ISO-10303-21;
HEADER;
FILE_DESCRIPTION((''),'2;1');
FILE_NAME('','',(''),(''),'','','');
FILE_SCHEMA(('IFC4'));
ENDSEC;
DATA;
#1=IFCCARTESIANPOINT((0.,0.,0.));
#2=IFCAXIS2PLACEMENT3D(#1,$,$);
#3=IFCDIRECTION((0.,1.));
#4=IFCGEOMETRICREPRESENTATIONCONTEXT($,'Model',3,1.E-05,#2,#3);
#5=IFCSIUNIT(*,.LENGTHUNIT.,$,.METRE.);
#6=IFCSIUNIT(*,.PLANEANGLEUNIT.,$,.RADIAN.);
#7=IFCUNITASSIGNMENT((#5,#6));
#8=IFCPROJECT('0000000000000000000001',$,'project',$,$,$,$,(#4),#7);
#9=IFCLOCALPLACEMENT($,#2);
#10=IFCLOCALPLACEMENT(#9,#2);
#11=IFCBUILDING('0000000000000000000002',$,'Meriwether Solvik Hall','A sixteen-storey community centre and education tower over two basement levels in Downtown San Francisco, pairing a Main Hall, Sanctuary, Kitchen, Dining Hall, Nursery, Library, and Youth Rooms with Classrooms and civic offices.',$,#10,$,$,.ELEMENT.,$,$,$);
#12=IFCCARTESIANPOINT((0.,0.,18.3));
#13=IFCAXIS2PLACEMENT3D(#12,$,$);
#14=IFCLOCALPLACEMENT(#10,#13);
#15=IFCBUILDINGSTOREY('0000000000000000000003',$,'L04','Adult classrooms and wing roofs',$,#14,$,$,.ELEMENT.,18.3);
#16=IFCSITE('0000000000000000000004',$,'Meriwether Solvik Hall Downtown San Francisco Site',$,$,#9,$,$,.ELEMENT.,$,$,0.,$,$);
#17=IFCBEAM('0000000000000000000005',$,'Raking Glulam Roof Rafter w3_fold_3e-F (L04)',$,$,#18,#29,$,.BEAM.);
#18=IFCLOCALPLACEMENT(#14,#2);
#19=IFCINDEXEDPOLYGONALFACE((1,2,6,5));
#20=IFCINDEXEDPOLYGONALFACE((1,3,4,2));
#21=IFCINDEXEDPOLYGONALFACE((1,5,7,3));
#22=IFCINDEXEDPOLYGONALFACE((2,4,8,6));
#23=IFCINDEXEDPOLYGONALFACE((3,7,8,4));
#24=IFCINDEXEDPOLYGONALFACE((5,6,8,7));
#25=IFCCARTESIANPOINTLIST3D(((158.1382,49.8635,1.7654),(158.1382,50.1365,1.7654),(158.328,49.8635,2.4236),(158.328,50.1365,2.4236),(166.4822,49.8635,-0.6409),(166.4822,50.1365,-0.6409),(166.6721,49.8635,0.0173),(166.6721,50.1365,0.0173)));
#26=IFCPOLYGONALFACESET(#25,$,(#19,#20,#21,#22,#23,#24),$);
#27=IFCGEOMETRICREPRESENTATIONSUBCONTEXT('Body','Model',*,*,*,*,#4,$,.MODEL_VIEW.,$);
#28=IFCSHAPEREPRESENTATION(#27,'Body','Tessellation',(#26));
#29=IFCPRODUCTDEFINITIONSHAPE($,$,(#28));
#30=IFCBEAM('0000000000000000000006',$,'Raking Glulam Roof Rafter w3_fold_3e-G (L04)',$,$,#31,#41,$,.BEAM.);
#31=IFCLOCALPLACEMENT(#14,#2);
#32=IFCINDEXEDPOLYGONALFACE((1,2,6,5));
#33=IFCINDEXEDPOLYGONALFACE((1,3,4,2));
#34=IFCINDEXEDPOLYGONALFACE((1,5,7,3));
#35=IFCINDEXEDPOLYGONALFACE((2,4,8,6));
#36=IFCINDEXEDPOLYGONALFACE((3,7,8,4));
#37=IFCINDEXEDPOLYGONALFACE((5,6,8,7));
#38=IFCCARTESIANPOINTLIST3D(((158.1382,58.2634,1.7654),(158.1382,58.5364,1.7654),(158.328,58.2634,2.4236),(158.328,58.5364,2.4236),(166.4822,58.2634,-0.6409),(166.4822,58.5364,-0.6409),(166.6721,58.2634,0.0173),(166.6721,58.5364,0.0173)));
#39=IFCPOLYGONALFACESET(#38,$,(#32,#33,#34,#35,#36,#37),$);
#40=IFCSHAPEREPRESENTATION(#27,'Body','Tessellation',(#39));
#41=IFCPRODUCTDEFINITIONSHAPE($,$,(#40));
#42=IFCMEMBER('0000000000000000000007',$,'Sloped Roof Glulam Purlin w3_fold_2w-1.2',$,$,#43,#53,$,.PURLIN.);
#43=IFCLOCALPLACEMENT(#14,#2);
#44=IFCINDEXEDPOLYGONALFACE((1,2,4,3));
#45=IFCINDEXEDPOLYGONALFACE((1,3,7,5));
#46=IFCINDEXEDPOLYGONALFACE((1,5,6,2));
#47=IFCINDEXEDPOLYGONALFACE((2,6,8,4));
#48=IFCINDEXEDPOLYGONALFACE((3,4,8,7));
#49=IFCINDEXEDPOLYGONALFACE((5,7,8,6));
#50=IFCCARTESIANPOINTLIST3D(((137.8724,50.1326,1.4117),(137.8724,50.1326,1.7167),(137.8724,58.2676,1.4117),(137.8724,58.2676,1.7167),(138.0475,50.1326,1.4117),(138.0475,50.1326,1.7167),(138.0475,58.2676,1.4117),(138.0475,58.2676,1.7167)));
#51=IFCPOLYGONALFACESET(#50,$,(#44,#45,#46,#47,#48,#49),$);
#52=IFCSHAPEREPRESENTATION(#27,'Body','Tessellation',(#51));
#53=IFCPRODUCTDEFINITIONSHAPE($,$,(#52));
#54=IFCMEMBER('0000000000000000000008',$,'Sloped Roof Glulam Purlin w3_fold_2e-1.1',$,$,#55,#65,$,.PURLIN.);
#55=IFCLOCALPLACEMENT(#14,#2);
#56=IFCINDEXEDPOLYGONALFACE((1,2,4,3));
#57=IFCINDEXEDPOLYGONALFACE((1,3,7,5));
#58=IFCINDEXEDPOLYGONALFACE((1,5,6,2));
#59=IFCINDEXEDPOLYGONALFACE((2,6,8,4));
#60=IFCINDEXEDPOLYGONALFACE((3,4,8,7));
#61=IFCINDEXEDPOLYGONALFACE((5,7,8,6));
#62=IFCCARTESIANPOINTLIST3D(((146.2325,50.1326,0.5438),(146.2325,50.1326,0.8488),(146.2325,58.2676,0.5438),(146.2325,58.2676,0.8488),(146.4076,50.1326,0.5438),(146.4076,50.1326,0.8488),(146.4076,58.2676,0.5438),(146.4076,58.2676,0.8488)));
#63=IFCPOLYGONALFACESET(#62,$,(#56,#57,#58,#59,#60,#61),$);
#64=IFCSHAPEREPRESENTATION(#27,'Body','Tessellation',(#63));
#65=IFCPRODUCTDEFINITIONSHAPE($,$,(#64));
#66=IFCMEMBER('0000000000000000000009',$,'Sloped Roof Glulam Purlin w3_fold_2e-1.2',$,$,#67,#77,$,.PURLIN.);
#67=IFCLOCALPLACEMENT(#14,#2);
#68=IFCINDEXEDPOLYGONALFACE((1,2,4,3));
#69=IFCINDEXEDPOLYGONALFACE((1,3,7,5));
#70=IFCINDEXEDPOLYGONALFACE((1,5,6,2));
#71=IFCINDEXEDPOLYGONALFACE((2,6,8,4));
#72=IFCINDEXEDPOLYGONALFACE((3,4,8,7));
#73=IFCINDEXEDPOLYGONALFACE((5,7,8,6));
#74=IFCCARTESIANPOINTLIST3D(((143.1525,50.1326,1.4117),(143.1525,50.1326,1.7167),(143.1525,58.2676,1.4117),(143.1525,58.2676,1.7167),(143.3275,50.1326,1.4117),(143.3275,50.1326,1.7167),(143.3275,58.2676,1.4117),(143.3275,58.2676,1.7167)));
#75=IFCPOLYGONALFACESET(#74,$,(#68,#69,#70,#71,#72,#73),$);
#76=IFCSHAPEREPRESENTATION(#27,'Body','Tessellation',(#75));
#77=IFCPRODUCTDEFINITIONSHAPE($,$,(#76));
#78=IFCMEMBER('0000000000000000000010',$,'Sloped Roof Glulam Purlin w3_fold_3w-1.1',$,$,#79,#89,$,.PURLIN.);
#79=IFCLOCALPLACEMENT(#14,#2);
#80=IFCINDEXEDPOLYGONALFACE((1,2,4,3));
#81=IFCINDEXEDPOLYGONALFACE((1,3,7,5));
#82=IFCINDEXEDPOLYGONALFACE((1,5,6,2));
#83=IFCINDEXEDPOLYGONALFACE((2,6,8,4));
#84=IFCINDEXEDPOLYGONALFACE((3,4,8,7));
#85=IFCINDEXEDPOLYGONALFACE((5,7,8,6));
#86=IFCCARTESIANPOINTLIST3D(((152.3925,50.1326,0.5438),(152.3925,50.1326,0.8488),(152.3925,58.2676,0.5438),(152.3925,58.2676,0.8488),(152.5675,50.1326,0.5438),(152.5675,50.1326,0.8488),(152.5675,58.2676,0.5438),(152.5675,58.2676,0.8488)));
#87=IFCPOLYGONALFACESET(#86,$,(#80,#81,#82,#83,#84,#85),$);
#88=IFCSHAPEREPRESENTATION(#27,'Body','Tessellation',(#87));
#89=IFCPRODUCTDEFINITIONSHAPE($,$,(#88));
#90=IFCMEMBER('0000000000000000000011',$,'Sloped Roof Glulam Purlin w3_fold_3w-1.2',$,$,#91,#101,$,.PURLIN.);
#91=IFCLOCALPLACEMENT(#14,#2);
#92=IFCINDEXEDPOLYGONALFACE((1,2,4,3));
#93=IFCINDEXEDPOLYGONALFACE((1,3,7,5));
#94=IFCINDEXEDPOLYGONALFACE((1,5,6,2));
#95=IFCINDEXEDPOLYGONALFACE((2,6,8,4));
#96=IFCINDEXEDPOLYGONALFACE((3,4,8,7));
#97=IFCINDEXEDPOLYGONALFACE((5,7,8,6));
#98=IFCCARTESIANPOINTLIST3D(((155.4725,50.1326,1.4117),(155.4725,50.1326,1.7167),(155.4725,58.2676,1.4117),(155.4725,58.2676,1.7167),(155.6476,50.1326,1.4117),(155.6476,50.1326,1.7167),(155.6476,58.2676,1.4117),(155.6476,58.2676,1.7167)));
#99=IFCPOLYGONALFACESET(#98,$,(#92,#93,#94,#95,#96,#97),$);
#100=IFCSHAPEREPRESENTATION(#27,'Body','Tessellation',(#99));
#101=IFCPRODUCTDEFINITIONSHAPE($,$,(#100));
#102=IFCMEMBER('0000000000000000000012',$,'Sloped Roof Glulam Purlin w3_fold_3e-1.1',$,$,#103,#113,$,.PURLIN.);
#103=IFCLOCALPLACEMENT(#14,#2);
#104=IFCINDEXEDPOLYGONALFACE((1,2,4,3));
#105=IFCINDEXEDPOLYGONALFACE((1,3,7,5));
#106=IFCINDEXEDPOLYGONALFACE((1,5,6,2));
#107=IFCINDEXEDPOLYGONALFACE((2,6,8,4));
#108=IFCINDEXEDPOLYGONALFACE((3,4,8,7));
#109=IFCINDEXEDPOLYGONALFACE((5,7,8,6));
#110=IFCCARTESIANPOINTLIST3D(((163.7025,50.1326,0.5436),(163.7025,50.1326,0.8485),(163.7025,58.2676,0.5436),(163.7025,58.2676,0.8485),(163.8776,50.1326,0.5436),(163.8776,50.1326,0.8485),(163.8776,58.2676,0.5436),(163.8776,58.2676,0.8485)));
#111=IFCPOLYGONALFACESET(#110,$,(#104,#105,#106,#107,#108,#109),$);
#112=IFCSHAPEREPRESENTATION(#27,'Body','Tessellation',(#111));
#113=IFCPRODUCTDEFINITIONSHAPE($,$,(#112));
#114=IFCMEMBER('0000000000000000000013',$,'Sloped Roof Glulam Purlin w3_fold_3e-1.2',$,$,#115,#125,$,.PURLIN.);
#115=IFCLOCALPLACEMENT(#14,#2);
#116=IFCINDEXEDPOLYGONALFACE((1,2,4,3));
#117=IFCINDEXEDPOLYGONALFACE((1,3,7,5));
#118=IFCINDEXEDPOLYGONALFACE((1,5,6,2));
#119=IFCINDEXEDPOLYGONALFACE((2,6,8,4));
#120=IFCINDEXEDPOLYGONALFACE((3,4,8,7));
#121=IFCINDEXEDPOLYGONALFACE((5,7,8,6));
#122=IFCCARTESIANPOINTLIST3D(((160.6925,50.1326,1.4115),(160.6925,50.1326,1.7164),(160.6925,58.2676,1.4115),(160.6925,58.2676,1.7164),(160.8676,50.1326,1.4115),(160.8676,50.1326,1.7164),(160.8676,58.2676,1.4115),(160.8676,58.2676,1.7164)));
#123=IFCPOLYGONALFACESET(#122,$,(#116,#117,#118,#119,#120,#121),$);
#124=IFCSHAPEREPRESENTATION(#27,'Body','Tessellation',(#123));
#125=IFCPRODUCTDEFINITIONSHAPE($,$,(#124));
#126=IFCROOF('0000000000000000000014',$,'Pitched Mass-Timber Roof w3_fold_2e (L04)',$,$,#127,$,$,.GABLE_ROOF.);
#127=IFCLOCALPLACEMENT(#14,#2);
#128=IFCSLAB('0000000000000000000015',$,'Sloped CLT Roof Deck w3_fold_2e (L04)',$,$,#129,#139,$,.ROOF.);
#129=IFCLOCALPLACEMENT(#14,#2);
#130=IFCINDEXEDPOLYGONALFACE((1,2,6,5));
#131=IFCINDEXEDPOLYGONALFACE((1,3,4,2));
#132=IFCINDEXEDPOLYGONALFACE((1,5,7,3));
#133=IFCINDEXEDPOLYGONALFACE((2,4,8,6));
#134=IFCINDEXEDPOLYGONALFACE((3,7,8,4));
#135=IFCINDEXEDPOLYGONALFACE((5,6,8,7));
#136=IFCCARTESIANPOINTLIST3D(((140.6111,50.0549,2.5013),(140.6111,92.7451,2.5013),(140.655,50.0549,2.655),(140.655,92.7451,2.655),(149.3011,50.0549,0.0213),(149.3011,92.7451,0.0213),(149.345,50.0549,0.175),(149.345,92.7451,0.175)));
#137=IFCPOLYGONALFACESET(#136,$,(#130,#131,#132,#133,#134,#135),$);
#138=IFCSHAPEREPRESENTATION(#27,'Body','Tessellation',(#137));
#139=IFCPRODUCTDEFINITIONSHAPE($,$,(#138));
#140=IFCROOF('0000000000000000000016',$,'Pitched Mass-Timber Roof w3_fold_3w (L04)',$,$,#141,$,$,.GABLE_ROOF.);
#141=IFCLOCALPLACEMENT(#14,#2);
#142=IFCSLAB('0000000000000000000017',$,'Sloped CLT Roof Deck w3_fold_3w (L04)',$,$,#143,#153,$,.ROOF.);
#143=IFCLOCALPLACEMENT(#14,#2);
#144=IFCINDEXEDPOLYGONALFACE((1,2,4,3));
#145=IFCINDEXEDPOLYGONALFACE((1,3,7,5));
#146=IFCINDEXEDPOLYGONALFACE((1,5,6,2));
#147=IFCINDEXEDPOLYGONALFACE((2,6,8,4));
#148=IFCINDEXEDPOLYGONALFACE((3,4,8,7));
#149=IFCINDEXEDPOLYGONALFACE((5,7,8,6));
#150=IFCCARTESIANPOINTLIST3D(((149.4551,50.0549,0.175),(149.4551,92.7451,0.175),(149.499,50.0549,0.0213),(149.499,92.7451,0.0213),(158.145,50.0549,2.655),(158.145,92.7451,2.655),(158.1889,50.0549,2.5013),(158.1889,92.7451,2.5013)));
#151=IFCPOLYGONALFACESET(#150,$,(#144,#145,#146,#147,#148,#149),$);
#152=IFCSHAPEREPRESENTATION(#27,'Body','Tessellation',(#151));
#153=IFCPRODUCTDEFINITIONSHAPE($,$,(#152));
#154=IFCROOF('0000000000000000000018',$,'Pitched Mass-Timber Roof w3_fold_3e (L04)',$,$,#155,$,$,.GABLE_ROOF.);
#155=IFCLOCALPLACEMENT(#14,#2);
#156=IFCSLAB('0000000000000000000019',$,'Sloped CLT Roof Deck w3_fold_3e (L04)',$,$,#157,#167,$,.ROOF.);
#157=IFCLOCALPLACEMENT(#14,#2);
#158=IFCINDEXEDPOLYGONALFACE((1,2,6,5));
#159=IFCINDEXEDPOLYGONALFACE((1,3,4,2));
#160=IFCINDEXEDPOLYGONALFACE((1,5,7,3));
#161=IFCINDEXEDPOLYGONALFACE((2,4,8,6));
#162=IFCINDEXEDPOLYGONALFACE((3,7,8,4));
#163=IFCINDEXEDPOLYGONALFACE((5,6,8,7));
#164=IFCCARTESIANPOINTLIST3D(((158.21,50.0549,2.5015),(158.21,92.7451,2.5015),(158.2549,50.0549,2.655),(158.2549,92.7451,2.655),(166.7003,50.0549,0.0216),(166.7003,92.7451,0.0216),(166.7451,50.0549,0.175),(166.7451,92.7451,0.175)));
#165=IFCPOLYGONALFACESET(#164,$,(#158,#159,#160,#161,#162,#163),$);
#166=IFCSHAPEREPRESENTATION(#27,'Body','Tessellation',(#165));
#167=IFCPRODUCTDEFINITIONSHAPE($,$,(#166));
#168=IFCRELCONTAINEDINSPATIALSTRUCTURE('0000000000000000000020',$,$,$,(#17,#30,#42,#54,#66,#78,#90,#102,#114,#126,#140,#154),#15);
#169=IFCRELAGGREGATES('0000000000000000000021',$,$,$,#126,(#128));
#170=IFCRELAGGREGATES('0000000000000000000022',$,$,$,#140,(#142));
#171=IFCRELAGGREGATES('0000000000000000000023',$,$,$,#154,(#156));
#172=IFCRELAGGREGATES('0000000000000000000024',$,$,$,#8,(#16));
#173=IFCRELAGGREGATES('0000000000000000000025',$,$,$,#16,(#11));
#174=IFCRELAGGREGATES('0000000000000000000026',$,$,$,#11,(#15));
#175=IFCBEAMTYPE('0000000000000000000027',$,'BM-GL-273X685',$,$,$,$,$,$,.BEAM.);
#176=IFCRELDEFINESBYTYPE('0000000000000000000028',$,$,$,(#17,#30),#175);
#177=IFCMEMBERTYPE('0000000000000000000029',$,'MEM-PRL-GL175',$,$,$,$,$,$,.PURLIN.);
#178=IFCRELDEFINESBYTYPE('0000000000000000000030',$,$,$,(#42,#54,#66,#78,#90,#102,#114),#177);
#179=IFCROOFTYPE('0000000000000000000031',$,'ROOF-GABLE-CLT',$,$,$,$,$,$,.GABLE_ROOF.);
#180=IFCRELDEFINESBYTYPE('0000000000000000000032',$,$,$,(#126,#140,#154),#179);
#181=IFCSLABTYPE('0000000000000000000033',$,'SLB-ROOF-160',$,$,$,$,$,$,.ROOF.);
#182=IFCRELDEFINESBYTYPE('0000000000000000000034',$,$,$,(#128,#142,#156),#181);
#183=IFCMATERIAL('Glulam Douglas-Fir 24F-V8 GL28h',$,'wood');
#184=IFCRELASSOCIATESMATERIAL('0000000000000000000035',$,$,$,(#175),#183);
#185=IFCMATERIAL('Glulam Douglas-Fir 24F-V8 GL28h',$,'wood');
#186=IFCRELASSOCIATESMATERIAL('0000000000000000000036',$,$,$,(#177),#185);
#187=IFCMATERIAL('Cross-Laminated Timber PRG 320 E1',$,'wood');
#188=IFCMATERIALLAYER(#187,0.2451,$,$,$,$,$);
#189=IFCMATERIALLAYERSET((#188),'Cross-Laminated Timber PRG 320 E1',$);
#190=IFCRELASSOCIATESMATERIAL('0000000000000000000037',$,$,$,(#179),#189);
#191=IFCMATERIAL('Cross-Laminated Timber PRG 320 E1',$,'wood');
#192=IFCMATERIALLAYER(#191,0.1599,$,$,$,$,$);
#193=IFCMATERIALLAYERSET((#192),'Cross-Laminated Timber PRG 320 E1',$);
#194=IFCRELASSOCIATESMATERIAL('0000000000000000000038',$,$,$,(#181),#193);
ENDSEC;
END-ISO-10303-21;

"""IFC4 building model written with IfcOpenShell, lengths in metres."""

from ifc_helpers import new_model, si_unit, direction, frame, origin, origin_2d, place, context, subcontext, project, spatial, polyline, rectangle, outline, extrude, material, layer, layer_set, material_profile, profile_set, type_object, element, aggregate, save


model = new_model("IFC4")

# Units and contexts
model_context = context("Model", 3, precision=1e-05, world=origin(), true_north=direction((0.0, 1.0)))
body_context = subcontext(model_context, "Body", "Model", "MODEL_VIEW")
ifc_project = project(units=[si_unit("LENGTHUNIT", "METRE"), si_unit("PLANEANGLEUNIT", "RADIAN")], contexts=[model_context])

# Site, building, storey
site_placement = place(None, origin())
site = spatial("IfcSite", under=ifc_project, at=site_placement, Name="Meriwether Solvik Hall Downtown San Francisco Site", CompositionType="ELEMENT", RefElevation=0.0)
building_placement = place(site_placement, origin())
building = spatial("IfcBuilding", under=site, at=building_placement, Name="Meriwether Solvik Hall", Description="A sixteen-storey community centre and education tower over two basement levels in Downtown San Francisco, pairing a Main Hall, Sanctuary, Kitchen, Dining Hall, Nursery, Library, and Youth Rooms with Classrooms and civic offices.", CompositionType="ELEMENT")
storey_placement = place(building_placement, frame((0.0, 0.0, 18.3)))
storey = spatial("IfcBuildingStorey", under=building, at=storey_placement, Name="L04", Description="Adult classrooms and wing roofs", CompositionType="ELEMENT", Elevation=18.3)

# Beams
ifc_material_1 = material(Name="Glulam Douglas-Fir 24F-V8 GL28h", Category="wood")
ifc_material_profile_1 = material_profile(ifc_material_1, rectangle(XDim=0.2729, YDim=0.6851, at=origin_2d()), Name="GLB-273X685")
ifc_profile_set_1 = profile_set([ifc_material_profile_1], Name="Glulam Douglas-Fir 24F-V8 GL28h")
beam_type_1 = type_object("IfcBeamType", Name="BM-GL-273X685", PredefinedType="BEAM", material=ifc_profile_set_1)
for number, where, z_axis, x_axis, name in (
    (1, (166.5771, 50.0, -0.3118), (-0.960844, 0.0, 0.277089), (0.0, -1.0, 0.0), "Raking Glulam Roof Rafter w3_fold_3e-F (L04)"),
    (2, (166.5771, 58.3999, -0.3118), (-0.960844, 0.0, 0.277089), (0.0, -1.0, 0.0), "Raking Glulam Roof Rafter w3_fold_3e-G (L04)"),
):
    element("IfcBeam", number, at=place(storey_placement, frame(where, z_axis=z_axis, x_axis=x_axis)), inside=storey, type_object=beam_type_1, Name=name, PredefinedType="BEAM", context=body_context, shape_type="SweptSolid", body=[
        extrude(rectangle(XDim=0.2729, YDim=0.6851, at=origin_2d()), origin(), (0.0, 0.0, 1.0), 8.6841),
    ])

# Members
ifc_material_2 = material(Name="Glulam Douglas-Fir 24F-V8 GL28h", Category="wood")
ifc_material_profile_2 = material_profile(ifc_material_2, rectangle(XDim=0.175, YDim=0.3049, at=origin_2d()), Name="GLM-175X305")
ifc_profile_set_2 = profile_set([ifc_material_profile_2], Name="Glulam Douglas-Fir 24F-V8 GL28h")
member_type = type_object("IfcMemberType", Name="MEM-PRL-GL175", PredefinedType="PURLIN", material=ifc_profile_set_2)
for number, where, z_axis, x_axis, name in (
    (3, (137.96, 50.1326, 1.5642), (0.0, 1.0, 0.0), (-1.0, 0.0, 0.0), "Sloped Roof Glulam Purlin w3_fold_2w-1.2"),
    (4, (146.3201, 50.1326, 0.6963), (0.0, 1.0, 0.0), (-1.0, 0.0, 0.0), "Sloped Roof Glulam Purlin w3_fold_2e-1.1"),
    (5, (143.24, 50.1326, 1.5642), (0.0, 1.0, 0.0), (-1.0, 0.0, 0.0), "Sloped Roof Glulam Purlin w3_fold_2e-1.2"),
    (6, (152.48, 50.1326, 0.6963), (0.0, 1.0, 0.0), (-1.0, 0.0, 0.0), "Sloped Roof Glulam Purlin w3_fold_3w-1.1"),
    (7, (155.5601, 50.1326, 1.5642), (0.0, 1.0, 0.0), (-1.0, 0.0, 0.0), "Sloped Roof Glulam Purlin w3_fold_3w-1.2"),
    (8, (163.79, 50.1326, 0.696), (0.0, 1.0, 0.0), (-1.0, 0.0, 0.0), "Sloped Roof Glulam Purlin w3_fold_3e-1.1"),
    (9, (160.78, 50.1326, 1.564), (0.0, 1.0, 0.0), (-1.0, 0.0, 0.0), "Sloped Roof Glulam Purlin w3_fold_3e-1.2"),
):
    element("IfcMember", number, at=place(storey_placement, frame(where, z_axis=z_axis, x_axis=x_axis)), inside=storey, type_object=member_type, Name=name, PredefinedType="PURLIN", context=body_context, shape_type="SweptSolid", body=[
        extrude(rectangle(XDim=0.175, YDim=0.3049, at=origin_2d()), origin(), (0.0, 0.0, 1.0), 8.135),
    ])

# Roofs, slabs
ifc_material_3 = material(Name="Cross-Laminated Timber PRG 320 E1", Category="wood")
ifc_layer_1 = layer(ifc_material_3, 0.2451)
ifc_layer_set_1 = layer_set([ifc_layer_1], Name="Cross-Laminated Timber PRG 320 E1")
roof_type = type_object("IfcRoofType", Name="ROOF-GABLE-CLT", PredefinedType="GABLE_ROOF", material=ifc_layer_set_1)
roof_1_placement = place(storey_placement, origin())
roof_1 = element("IfcRoof", 10, at=roof_1_placement, inside=storey, type_object=roof_type, Name="Pitched Mass-Timber Roof w3_fold_2e (L04)", PredefinedType="GABLE_ROOF")
ifc_material_4 = material(Name="Cross-Laminated Timber PRG 320 E1", Category="wood")
ifc_layer_2 = layer(ifc_material_4, 0.1599)
ifc_layer_set_2 = layer_set([ifc_layer_2], Name="Cross-Laminated Timber PRG 320 E1")
slab_type = type_object("IfcSlabType", Name="SLB-ROOF-160", PredefinedType="ROOF", material=ifc_layer_set_2)
slab_1_placement = place(storey_placement, frame((140.655, 50.0549, 2.655), z_axis=(0.274429, 0.0, 0.961607), x_axis=(0.961607, 0.0, -0.274429)))
slab_1 = element("IfcSlab", 11, at=slab_1_placement, type_object=slab_type, Name="Sloped CLT Roof Deck w3_fold_2e (L04)", PredefinedType="ROOF", context=body_context, shape_type="SweptSolid", body=[
    extrude(outline(polyline([(0.0, 0.0), (9.0369, 0.0), (9.0369, 42.6902), (0.0, 42.6902), (0.0, 0.0)])), origin(), (0.0, 0.0, -1.0), 0.1599),
])
aggregate(roof_1, [slab_1])
roof_2_placement = place(storey_placement, origin())
roof_2 = element("IfcRoof", 12, at=roof_2_placement, inside=storey, type_object=roof_type, Name="Pitched Mass-Timber Roof w3_fold_3w (L04)", PredefinedType="GABLE_ROOF")
slab_2_placement = place(storey_placement, frame((149.4551, 50.0549, 0.175), z_axis=(-0.274429, 0.0, 0.961607), x_axis=(0.961607, 0.0, 0.274429)))
slab_2 = element("IfcSlab", 13, at=slab_2_placement, type_object=slab_type, Name="Sloped CLT Roof Deck w3_fold_3w (L04)", PredefinedType="ROOF", context=body_context, shape_type="SweptSolid", body=[
    extrude(outline(polyline([(0.0, 0.0), (9.0369, 0.0), (9.0369, 42.6902), (0.0, 42.6902), (0.0, 0.0)])), origin(), (0.0, 0.0, -1.0), 0.1599),
])
aggregate(roof_2, [slab_2])
roof_3_placement = place(storey_placement, origin())
roof_3 = element("IfcRoof", 14, at=roof_3_placement, inside=storey, type_object=roof_type, Name="Pitched Mass-Timber Roof w3_fold_3e (L04)", PredefinedType="GABLE_ROOF")
slab_3_placement = place(storey_placement, frame((158.2549, 50.0549, 2.655), z_axis=(0.280382, 0.0, 0.959889), x_axis=(0.959889, 0.0, -0.280382)))
slab_3 = element("IfcSlab", 15, at=slab_3_placement, type_object=slab_type, Name="Sloped CLT Roof Deck w3_fold_3e (L04)", PredefinedType="ROOF", context=body_context, shape_type="SweptSolid", body=[
    extrude(outline(polyline([(0.0, 0.0), (8.845, 0.0), (8.845, 42.6902), (0.0, 42.6902), (0.0, 0.0)])), origin(), (0.0, 0.0, -1.0), 0.1599),
])
aggregate(roof_3, [slab_3])

save(model, "model.ifc")
